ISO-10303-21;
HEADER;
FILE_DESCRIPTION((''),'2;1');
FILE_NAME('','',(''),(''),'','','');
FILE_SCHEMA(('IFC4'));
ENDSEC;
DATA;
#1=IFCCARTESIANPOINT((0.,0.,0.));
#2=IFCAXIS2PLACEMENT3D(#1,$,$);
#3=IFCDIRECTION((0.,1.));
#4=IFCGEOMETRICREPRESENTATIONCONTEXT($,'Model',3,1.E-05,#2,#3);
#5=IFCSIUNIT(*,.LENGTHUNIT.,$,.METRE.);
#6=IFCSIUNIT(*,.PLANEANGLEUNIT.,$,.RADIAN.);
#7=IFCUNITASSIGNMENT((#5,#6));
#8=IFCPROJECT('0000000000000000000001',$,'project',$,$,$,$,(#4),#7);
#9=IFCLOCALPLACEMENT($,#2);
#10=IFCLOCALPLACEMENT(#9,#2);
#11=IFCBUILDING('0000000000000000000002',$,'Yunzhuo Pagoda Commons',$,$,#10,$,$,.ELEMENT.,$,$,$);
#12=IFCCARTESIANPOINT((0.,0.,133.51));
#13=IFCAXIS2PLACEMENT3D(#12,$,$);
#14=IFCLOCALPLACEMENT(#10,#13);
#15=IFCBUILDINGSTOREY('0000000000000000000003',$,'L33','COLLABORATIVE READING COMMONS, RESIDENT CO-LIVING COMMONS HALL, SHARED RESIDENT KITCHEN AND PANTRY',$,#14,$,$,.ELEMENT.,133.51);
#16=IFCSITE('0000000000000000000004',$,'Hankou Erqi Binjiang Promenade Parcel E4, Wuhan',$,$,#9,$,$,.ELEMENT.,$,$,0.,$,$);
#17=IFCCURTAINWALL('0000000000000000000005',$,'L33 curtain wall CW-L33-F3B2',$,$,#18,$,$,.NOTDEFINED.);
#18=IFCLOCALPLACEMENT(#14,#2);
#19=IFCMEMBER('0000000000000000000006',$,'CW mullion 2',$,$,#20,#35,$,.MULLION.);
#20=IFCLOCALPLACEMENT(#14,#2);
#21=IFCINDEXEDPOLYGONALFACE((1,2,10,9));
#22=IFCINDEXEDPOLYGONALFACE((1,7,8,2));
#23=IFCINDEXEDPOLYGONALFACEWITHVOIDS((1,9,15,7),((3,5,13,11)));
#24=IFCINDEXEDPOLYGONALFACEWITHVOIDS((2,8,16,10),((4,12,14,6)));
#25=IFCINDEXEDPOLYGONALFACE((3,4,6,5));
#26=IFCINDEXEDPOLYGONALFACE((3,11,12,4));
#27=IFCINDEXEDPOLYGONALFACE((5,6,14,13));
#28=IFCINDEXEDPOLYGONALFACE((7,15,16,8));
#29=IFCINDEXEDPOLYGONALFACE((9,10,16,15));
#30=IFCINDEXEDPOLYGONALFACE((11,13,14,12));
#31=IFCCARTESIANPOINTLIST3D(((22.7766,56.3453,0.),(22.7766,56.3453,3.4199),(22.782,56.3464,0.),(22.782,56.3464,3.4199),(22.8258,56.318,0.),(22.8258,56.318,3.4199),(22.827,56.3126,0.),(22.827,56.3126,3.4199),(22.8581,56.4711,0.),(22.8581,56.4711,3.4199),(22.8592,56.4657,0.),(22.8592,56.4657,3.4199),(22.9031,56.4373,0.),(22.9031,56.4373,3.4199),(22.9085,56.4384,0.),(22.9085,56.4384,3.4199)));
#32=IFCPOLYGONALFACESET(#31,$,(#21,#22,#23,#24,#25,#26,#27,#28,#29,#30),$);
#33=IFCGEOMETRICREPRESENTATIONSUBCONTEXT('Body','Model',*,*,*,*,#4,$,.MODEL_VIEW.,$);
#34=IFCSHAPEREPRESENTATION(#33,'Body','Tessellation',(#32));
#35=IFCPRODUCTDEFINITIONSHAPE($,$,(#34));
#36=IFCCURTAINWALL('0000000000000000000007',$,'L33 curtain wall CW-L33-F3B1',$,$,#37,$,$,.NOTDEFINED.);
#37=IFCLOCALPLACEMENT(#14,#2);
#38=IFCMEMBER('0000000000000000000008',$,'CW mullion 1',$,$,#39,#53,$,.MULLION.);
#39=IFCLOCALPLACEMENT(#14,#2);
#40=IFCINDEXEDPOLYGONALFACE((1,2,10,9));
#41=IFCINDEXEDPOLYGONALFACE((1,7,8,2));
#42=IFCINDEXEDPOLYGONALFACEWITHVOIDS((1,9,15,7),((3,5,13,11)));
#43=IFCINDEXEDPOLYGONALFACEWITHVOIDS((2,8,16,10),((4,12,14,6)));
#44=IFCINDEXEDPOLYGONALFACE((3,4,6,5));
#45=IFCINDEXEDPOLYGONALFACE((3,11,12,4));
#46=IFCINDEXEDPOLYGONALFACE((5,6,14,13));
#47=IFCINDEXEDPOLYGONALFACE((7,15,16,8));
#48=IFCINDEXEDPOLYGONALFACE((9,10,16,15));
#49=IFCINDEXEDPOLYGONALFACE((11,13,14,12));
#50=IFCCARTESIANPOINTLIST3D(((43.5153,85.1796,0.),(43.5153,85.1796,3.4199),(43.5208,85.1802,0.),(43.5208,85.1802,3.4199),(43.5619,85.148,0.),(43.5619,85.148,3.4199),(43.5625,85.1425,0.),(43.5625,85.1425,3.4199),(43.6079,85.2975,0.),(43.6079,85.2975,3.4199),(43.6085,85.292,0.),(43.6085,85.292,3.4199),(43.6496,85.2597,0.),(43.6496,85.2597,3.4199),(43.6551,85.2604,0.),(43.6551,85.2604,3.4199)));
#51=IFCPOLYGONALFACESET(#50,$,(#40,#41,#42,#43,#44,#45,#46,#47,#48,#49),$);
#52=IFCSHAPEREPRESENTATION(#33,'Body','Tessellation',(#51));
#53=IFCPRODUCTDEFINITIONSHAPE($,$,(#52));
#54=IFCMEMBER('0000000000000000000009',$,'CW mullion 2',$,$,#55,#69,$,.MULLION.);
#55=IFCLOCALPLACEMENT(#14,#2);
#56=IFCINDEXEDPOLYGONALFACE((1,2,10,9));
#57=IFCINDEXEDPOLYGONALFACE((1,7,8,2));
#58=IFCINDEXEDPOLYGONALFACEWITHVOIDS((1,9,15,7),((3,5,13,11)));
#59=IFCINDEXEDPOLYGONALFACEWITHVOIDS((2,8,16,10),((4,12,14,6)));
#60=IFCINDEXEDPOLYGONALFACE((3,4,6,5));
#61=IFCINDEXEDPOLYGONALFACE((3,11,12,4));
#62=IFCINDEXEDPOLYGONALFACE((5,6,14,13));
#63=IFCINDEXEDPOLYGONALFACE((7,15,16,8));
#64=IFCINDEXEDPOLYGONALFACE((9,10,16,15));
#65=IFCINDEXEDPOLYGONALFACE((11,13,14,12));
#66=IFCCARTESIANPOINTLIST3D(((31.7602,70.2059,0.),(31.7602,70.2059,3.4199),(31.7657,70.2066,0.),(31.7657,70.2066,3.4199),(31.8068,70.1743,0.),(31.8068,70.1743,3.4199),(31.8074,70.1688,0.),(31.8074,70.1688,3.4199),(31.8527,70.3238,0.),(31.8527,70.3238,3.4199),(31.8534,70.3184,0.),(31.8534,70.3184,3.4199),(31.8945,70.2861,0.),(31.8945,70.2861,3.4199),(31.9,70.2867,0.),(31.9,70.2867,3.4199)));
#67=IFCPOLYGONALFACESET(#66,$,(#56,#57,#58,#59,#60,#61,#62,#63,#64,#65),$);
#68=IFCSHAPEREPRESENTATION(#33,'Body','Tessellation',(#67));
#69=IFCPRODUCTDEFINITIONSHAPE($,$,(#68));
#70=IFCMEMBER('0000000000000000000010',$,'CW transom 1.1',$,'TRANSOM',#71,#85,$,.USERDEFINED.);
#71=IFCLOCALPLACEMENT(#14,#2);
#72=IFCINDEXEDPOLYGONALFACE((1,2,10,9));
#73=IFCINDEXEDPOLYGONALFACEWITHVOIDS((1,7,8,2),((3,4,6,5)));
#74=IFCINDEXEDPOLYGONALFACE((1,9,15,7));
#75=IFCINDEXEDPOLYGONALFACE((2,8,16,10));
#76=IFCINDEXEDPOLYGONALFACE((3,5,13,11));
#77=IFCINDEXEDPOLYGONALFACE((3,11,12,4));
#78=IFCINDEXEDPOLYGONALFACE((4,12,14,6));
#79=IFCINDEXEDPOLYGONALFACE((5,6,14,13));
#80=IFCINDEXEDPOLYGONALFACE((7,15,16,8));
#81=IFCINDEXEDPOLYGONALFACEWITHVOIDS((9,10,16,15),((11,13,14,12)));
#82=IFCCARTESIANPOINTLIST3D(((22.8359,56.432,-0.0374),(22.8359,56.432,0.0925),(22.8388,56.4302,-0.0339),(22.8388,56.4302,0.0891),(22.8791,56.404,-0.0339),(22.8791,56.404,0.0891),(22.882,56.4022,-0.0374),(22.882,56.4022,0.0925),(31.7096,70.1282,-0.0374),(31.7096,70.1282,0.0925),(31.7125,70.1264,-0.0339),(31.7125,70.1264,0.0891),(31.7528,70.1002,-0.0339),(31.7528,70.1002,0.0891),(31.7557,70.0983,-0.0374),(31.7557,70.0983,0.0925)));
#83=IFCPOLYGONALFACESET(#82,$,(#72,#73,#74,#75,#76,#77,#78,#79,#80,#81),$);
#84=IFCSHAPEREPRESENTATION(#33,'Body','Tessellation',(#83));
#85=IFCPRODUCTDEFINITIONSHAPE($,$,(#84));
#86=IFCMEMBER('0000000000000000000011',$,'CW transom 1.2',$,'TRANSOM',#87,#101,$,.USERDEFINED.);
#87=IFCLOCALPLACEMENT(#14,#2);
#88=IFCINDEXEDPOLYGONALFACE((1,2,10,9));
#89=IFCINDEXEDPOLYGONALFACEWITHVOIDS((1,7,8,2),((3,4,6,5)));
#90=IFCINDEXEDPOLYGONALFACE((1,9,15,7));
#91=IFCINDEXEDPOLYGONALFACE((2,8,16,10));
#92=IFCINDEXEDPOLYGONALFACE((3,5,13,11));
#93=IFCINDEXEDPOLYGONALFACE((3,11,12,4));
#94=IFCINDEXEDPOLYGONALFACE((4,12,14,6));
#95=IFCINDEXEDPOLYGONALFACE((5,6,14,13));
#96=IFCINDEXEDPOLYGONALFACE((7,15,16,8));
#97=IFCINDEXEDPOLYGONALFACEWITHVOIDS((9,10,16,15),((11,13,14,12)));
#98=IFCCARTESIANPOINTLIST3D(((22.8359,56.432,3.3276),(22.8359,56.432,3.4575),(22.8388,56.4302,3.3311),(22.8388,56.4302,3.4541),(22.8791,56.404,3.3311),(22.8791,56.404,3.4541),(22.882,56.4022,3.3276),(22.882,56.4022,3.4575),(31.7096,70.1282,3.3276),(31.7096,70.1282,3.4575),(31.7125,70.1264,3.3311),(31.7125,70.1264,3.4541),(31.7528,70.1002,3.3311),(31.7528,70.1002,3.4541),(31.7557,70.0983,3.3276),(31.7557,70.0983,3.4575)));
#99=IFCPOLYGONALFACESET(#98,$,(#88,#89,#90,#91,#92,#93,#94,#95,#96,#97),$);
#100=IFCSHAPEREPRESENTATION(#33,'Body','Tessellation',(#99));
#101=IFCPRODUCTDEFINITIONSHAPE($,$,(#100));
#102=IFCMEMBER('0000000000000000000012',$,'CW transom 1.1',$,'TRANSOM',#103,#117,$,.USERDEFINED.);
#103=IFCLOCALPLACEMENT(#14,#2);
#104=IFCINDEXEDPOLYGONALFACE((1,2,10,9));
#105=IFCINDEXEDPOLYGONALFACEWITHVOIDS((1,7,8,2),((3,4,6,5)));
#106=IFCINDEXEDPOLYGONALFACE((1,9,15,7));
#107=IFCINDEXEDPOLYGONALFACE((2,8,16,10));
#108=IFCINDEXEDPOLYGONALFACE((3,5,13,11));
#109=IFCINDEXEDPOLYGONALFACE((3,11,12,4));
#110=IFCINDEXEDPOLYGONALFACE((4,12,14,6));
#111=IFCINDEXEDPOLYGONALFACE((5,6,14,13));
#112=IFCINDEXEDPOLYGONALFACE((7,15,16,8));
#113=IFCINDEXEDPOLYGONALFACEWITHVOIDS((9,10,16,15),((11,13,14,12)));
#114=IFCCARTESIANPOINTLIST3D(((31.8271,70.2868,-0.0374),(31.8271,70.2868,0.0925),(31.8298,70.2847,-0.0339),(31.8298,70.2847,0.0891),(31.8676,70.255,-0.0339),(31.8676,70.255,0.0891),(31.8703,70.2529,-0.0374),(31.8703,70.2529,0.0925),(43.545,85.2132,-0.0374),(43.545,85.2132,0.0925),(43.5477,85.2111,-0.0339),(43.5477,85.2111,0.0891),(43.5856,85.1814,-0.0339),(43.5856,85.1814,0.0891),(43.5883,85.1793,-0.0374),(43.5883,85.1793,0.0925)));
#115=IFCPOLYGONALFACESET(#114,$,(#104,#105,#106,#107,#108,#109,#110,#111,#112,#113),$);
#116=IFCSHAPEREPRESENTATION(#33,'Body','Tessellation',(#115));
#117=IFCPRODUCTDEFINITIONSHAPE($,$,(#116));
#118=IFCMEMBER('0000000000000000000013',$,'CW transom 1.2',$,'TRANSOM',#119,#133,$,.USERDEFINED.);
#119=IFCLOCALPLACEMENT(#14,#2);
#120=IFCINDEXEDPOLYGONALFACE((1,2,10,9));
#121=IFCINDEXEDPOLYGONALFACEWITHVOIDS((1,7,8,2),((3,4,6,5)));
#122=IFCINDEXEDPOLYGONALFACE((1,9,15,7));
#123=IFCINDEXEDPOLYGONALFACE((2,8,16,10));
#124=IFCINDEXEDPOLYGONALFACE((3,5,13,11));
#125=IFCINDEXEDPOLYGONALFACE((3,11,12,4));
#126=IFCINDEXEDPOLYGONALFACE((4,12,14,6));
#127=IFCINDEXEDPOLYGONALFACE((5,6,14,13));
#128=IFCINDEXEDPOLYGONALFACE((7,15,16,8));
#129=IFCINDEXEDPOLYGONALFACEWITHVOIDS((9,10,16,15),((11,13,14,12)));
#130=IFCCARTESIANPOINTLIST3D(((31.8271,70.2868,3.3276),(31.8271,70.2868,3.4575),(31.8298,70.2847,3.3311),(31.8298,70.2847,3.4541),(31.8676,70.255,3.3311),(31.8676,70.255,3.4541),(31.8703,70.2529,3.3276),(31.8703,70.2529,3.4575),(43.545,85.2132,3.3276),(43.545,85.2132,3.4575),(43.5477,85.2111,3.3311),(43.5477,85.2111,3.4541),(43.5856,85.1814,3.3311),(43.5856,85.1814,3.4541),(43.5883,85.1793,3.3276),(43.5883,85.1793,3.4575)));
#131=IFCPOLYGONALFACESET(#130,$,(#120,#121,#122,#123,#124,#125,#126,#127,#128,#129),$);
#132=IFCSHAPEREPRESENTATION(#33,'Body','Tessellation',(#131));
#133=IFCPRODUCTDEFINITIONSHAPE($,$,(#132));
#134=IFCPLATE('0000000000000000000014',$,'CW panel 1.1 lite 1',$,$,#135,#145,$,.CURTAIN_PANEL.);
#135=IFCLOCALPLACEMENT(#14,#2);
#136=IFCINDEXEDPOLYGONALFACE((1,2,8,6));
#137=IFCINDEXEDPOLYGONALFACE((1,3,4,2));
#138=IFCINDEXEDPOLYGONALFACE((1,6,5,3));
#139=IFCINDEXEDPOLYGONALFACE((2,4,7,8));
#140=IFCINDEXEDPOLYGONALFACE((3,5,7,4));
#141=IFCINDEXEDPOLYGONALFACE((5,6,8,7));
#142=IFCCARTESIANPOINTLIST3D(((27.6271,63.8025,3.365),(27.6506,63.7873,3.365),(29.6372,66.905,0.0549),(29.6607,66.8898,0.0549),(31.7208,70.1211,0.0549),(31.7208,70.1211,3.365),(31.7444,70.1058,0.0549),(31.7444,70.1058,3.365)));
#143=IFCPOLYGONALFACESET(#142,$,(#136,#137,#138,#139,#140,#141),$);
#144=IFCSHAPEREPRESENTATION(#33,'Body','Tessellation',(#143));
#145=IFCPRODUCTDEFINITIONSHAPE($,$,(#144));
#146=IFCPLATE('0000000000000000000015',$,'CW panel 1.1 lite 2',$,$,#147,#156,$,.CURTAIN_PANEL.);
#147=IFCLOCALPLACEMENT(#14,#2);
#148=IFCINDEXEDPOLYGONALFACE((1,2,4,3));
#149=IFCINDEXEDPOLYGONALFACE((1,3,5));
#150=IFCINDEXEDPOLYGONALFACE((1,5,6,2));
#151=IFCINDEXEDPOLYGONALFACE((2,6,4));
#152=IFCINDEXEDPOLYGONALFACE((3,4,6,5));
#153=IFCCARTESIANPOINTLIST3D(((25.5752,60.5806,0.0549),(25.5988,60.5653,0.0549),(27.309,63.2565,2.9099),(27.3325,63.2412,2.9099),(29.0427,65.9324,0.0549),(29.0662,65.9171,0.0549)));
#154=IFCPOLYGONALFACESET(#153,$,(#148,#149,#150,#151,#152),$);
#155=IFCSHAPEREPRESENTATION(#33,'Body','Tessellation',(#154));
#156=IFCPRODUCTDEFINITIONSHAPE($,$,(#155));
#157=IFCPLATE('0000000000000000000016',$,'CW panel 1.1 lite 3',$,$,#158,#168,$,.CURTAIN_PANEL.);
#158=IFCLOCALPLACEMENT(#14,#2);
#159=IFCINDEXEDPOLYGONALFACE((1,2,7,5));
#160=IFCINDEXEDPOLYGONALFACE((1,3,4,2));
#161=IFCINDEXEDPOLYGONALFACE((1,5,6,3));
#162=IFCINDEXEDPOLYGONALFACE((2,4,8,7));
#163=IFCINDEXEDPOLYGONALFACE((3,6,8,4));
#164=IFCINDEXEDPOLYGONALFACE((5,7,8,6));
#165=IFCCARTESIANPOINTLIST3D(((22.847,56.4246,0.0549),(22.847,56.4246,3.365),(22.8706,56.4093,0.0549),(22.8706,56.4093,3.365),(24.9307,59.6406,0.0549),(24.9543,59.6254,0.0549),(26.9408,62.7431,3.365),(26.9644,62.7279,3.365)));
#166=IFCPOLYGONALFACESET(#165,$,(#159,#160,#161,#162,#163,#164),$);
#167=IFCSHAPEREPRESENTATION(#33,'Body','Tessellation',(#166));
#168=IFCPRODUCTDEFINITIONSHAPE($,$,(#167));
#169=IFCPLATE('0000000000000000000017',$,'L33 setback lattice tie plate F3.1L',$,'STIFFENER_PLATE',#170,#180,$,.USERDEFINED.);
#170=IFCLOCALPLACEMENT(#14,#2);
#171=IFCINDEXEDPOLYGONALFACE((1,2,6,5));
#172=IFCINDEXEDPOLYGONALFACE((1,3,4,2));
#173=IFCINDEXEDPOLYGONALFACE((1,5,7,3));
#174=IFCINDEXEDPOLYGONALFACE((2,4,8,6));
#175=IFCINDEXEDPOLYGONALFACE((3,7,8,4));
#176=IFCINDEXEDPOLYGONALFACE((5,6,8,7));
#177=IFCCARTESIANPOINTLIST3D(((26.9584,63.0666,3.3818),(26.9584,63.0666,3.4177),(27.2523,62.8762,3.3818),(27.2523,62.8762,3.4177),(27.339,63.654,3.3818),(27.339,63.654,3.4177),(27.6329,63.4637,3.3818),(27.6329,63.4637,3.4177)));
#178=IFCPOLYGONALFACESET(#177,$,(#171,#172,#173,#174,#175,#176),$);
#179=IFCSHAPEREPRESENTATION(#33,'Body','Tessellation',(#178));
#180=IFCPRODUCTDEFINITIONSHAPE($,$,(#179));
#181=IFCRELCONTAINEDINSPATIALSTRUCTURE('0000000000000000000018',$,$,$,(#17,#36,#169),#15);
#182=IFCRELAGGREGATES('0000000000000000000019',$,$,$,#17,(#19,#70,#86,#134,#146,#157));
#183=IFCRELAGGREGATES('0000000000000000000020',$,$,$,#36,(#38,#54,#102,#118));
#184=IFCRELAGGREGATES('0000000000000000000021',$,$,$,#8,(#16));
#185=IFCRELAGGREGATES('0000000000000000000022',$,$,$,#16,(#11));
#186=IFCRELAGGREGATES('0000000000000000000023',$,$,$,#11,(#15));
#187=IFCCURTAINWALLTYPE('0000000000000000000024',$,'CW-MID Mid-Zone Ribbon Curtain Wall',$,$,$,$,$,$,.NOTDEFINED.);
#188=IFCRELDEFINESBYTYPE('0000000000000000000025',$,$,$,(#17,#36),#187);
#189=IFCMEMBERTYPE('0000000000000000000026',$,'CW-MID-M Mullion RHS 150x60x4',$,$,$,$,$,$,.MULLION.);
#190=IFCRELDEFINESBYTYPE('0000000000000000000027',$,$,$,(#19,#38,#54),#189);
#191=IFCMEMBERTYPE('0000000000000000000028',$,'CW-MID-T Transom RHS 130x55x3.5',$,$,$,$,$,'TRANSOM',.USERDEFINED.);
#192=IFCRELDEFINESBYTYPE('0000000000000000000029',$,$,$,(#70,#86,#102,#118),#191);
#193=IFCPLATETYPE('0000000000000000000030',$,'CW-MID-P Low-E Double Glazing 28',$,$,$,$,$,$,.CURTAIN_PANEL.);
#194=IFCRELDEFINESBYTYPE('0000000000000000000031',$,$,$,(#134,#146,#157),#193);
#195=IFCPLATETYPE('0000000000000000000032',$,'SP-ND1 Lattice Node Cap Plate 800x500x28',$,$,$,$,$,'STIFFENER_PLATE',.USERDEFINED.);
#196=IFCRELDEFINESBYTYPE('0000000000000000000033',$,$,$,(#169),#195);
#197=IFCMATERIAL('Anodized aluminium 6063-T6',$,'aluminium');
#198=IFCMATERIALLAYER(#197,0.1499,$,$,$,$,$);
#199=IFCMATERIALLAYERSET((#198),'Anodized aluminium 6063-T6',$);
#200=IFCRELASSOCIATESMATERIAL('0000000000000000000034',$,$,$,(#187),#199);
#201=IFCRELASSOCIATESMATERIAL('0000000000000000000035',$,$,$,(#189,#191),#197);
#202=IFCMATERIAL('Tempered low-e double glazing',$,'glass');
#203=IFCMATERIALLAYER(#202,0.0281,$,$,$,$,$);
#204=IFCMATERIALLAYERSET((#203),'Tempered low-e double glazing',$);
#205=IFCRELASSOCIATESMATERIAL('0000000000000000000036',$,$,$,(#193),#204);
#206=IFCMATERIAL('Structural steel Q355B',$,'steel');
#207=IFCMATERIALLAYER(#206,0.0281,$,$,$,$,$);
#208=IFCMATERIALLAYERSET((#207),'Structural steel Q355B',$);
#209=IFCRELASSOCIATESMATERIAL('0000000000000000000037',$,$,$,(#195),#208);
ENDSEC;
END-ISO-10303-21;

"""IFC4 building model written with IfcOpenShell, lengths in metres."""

from ifc_helpers import new_model, si_unit, direction, frame, origin, origin_2d, place, context, subcontext, project, spatial, polyline, rectangle, hollow_rectangle, outline, extrude, source, transform, mapped, material, layer, layer_set, material_profile, profile_set, type_object, element, aggregate, save


model = new_model("IFC4")

# Units and contexts
model_context = context("Model", 3, precision=1e-05, world=origin(), true_north=direction((0.0, 1.0)))
body_context = subcontext(model_context, "Body", "Model", "MODEL_VIEW")
ifc_project = project(units=[si_unit("LENGTHUNIT", "METRE"), si_unit("PLANEANGLEUNIT", "RADIAN")], contexts=[model_context])

# Site, building, storey
site_placement = place(None, origin())
site = spatial("IfcSite", under=ifc_project, at=site_placement, Name="Hankou Erqi Binjiang Promenade Parcel E4, Wuhan", CompositionType="ELEMENT", RefElevation=0.0)
building_placement = place(site_placement, origin())
building = spatial("IfcBuilding", under=site, at=building_placement, Name="Yunzhuo Pagoda Commons", CompositionType="ELEMENT")
storey_placement = place(building_placement, frame((0.0, 0.0, 133.51)))
storey = spatial("IfcBuildingStorey", under=building, at=storey_placement, Name="L33", Description="COLLABORATIVE READING COMMONS, RESIDENT CO-LIVING COMMONS HALL, SHARED RESIDENT KITCHEN AND PANTRY", CompositionType="ELEMENT", Elevation=133.51)

# Shared definitions
ifc_material_1 = material(Name="Structural steel Q355B", Category="steel")

# Curtain walls, members
ifc_material_2 = material(Name="Anodized aluminium 6063-T6", Category="aluminium")
ifc_layer_1 = layer(ifc_material_2, 0.1499)
ifc_layer_set_1 = layer_set([ifc_layer_1], Name="Anodized aluminium 6063-T6")
curtain_wall_type = type_object("IfcCurtainWallType", Name="CW-MID Mid-Zone Ribbon Curtain Wall", PredefinedType="NOTDEFINED", material=ifc_layer_set_1)
curtain_wall_1_placement = place(storey_placement, origin())
curtain_wall_1 = element("IfcCurtainWall", 1, at=curtain_wall_1_placement, inside=storey, type_object=curtain_wall_type, Name="L33 curtain wall CW-L33-F3B2", PredefinedType="NOTDEFINED")
ifc_material_profile_1 = material_profile(ifc_material_2, hollow_rectangle(XDim=0.0601, YDim=0.1499, WallThickness=0.0039, at=origin_2d()), Name="Anodized aluminium 6063-T6")
ifc_profile_set_1 = profile_set([ifc_material_profile_1], Name="Anodized aluminium 6063-T6")
member_type_1 = type_object("IfcMemberType", Name="CW-MID-M Mullion RHS 150x60x4", PredefinedType="MULLION", material=ifc_profile_set_1)
shared_shape_1 = source(origin(), body_context, "Body", "SweptSolid", [
    extrude(hollow_rectangle(XDim=0.0601, YDim=0.1499, WallThickness=0.0039, at=origin_2d()), origin(), (0.0, 0.0, 1.0), 3.4199),
])
member_1_placement = place(storey_placement, frame((22.8425, 56.3918, 0.0), z_axis=(0.0, 0.0, 1.0), x_axis=(0.839249, -0.543747, 0.0)))
member_1 = element("IfcMember", 2, at=member_1_placement, type_object=member_type_1, Name="CW mullion 2", PredefinedType="MULLION", context=body_context, shape_type="MappedRepresentation", body=[
    mapped(shared_shape_1, transform((0.0, 0.0, 0.0), scale=1.0)),
])
curtain_wall_2_placement = place(storey_placement, origin())
curtain_wall_2 = element("IfcCurtainWall", 3, at=curtain_wall_2_placement, inside=storey, type_object=curtain_wall_type, Name="L33 curtain wall CW-L33-F3B1", PredefinedType="NOTDEFINED")
member_2_placement = place(storey_placement, frame((43.5852, 85.22, 0.0), z_axis=(0.0, 0.0, 1.0), x_axis=(0.786572, -0.617499, 0.0)))
member_2 = element("IfcMember", 4, at=member_2_placement, type_object=member_type_1, Name="CW mullion 1", PredefinedType="MULLION", context=body_context, shape_type="MappedRepresentation", body=[
    mapped(shared_shape_1, transform((0.0, 0.0, 0.0), scale=1.0)),
])
member_3_placement = place(storey_placement, frame((31.8301, 70.2463, 0.0), z_axis=(0.0, 0.0, 1.0), x_axis=(0.786572, -0.617499, 0.0)))
member_3 = element("IfcMember", 5, at=member_3_placement, type_object=member_type_1, Name="CW mullion 2", PredefinedType="MULLION", context=body_context, shape_type="MappedRepresentation", body=[
    mapped(shared_shape_1, transform((0.0, 0.0, 0.0), scale=1.0)),
])

# Members
ifc_material_profile_2 = material_profile(ifc_material_2, hollow_rectangle(XDim=0.0549, YDim=0.1299, WallThickness=0.0034, at=origin_2d()), Name="Anodized aluminium 6063-T6")
ifc_profile_set_2 = profile_set([ifc_material_profile_2], Name="Anodized aluminium 6063-T6")
member_type_2 = type_object("IfcMemberType", Name="CW-MID-T Transom RHS 130x55x3.5", ElementType="TRANSOM", PredefinedType="USERDEFINED", material=ifc_profile_set_2)
shared_shape_2 = source(origin(), body_context, "Body", "SweptSolid", [
    extrude(hollow_rectangle(XDim=0.0549, YDim=0.1299, WallThickness=0.0034, at=origin_2d()), origin(), (0.0, 0.0, 1.0), 16.3196),
])
member_4_placement = place(storey_placement, frame((31.7327, 70.1133, 0.0276), z_axis=(-0.543747, -0.839249, 0.0), x_axis=(0.839249, -0.543747, 0.0)))
member_4 = element("IfcMember", 6, at=member_4_placement, type_object=member_type_2, Name="CW transom 1.1", ObjectType="TRANSOM", PredefinedType="USERDEFINED", context=body_context, shape_type="MappedRepresentation", body=[
    mapped(shared_shape_2, transform((0.0, 0.0, 0.0), scale=1.0)),
])
member_5_placement = place(storey_placement, frame((31.7327, 70.1133, 3.3926), z_axis=(-0.543747, -0.839249, 0.0), x_axis=(0.839249, -0.543747, 0.0)))
member_5 = element("IfcMember", 7, at=member_5_placement, type_object=member_type_2, Name="CW transom 1.2", ObjectType="TRANSOM", PredefinedType="USERDEFINED", context=body_context, shape_type="MappedRepresentation", body=[
    mapped(shared_shape_2, transform((0.0, 0.0, 0.0), scale=1.0)),
])
shared_shape_3 = source(origin(), body_context, "Body", "SweptSolid", [
    extrude(hollow_rectangle(XDim=0.0549, YDim=0.1299, WallThickness=0.0034, at=origin_2d()), origin(), (0.0, 0.0, 1.0), 18.9766),
])
member_6_placement = place(storey_placement, frame((43.5667, 85.1963, 0.0276), z_axis=(-0.617497, -0.786573, 0.0), x_axis=(0.786573, -0.617497, 0.0)))
member_6 = element("IfcMember", 8, at=member_6_placement, type_object=member_type_2, Name="CW transom 1.1", ObjectType="TRANSOM", PredefinedType="USERDEFINED", context=body_context, shape_type="MappedRepresentation", body=[
    mapped(shared_shape_3, transform((0.0, 0.0, 0.0), scale=1.0)),
])
member_7_placement = place(storey_placement, frame((43.5667, 85.1963, 3.3926), z_axis=(-0.617497, -0.786573, 0.0), x_axis=(0.786573, -0.617497, 0.0)))
member_7 = element("IfcMember", 9, at=member_7_placement, type_object=member_type_2, Name="CW transom 1.2", ObjectType="TRANSOM", PredefinedType="USERDEFINED", context=body_context, shape_type="MappedRepresentation", body=[
    mapped(shared_shape_3, transform((0.0, 0.0, 0.0), scale=1.0)),
])

# Plates
ifc_material_3 = material(Name="Tempered low-e double glazing", Category="glass")
ifc_layer_2 = layer(ifc_material_3, 0.0281)
ifc_layer_set_2 = layer_set([ifc_layer_2], Name="Tempered low-e double glazing")
plate_type_1 = type_object("IfcPlateType", Name="CW-MID-P Low-E Double Glazing 28", PredefinedType="CURTAIN_PANEL", material=ifc_layer_set_2)
plate_1_placement = place(storey_placement, frame((29.6975, 66.9465, 1.71), z_axis=(-0.839249, 0.543747, 0.0), x_axis=(-0.543747, -0.839249, 0.0)))
plate_1 = element("IfcPlate", 10, at=plate_1_placement, type_object=plate_type_1, Name="CW panel 1.1 lite 1", PredefinedType="CURTAIN_PANEL", context=body_context, shape_type="SweptSolid", body=[
    extrude(outline(polyline([(-3.7644, -1.655), (0.0676, -1.655), (3.7644, 1.655), (-3.7644, 1.655), (-3.7644, -1.655)])), origin(), (0.0, 0.0, 1.0), 0.0281),
])
plate_2_placement = place(storey_placement, frame((27.3325, 63.2412, 1.4824), z_axis=(-0.839249, 0.543747, 0.0), x_axis=(-0.543747, -0.839249, 0.0)))
plate_2 = element("IfcPlate", 11, at=plate_2_placement, type_object=plate_type_1, Name="CW panel 1.1 lite 2", PredefinedType="CURTAIN_PANEL", context=body_context, shape_type="SweptSolid", body=[
    extrude(outline(polyline([(-3.1885, -1.4275), (3.1885, -1.4275), (0.0, 1.4275), (-3.1885, -1.4275)])), origin(), (0.0, 0.0, 1.0), 0.0281),
])
plate_3_placement = place(storey_placement, frame((24.9175, 59.5686, 1.71), z_axis=(-0.839249, 0.543747, 0.0), x_axis=(-0.543747, -0.839249, 0.0)))
plate_3 = element("IfcPlate", 12, at=plate_3_placement, type_object=plate_type_1, Name="CW panel 1.1 lite 3", PredefinedType="CURTAIN_PANEL", context=body_context, shape_type="SweptSolid", body=[
    extrude(outline(polyline([(-3.7644, 1.655), (-0.0676, -1.655), (3.7644, -1.655), (3.7644, 1.655), (-3.7644, 1.655)])), origin(), (0.0, 0.0, 1.0), 0.0281),
])
aggregate(curtain_wall_1, [member_1, member_4, member_5, plate_1, plate_2, plate_3])
ifc_layer_3 = layer(ifc_material_1, 0.0281)
ifc_layer_set_3 = layer_set([ifc_layer_3], Name="Structural steel Q355B")
plate_type_2 = type_object("IfcPlateType", Name="SP-ND1 Lattice Node Cap Plate 800x500x28", ElementType="STIFFENER_PLATE", PredefinedType="USERDEFINED", material=ifc_layer_set_3)
shared_shape_4 = source(origin(), body_context, "Body", "SweptSolid", [
    extrude(rectangle(XDim=0.7, YDim=0.3501, at=origin_2d()), origin(), (0.0, 0.0, 1.0), 0.0359),
])
plate_4_placement = place(storey_placement, frame((27.2957, 63.2651, 3.3818), z_axis=(0.0, 0.0, 1.0), x_axis=(-0.543746, -0.83925, 0.0)))
element("IfcPlate", 13, at=plate_4_placement, inside=storey, type_object=plate_type_2, Name="L33 setback lattice tie plate F3.1L", ObjectType="STIFFENER_PLATE", PredefinedType="USERDEFINED", context=body_context, shape_type="MappedRepresentation", body=[
    mapped(shared_shape_4, transform((0.0, 0.0, 0.0), scale=1.0)),
])
aggregate(curtain_wall_2, [member_2, member_3, member_6, member_7])

save(model, "model.ifc")
